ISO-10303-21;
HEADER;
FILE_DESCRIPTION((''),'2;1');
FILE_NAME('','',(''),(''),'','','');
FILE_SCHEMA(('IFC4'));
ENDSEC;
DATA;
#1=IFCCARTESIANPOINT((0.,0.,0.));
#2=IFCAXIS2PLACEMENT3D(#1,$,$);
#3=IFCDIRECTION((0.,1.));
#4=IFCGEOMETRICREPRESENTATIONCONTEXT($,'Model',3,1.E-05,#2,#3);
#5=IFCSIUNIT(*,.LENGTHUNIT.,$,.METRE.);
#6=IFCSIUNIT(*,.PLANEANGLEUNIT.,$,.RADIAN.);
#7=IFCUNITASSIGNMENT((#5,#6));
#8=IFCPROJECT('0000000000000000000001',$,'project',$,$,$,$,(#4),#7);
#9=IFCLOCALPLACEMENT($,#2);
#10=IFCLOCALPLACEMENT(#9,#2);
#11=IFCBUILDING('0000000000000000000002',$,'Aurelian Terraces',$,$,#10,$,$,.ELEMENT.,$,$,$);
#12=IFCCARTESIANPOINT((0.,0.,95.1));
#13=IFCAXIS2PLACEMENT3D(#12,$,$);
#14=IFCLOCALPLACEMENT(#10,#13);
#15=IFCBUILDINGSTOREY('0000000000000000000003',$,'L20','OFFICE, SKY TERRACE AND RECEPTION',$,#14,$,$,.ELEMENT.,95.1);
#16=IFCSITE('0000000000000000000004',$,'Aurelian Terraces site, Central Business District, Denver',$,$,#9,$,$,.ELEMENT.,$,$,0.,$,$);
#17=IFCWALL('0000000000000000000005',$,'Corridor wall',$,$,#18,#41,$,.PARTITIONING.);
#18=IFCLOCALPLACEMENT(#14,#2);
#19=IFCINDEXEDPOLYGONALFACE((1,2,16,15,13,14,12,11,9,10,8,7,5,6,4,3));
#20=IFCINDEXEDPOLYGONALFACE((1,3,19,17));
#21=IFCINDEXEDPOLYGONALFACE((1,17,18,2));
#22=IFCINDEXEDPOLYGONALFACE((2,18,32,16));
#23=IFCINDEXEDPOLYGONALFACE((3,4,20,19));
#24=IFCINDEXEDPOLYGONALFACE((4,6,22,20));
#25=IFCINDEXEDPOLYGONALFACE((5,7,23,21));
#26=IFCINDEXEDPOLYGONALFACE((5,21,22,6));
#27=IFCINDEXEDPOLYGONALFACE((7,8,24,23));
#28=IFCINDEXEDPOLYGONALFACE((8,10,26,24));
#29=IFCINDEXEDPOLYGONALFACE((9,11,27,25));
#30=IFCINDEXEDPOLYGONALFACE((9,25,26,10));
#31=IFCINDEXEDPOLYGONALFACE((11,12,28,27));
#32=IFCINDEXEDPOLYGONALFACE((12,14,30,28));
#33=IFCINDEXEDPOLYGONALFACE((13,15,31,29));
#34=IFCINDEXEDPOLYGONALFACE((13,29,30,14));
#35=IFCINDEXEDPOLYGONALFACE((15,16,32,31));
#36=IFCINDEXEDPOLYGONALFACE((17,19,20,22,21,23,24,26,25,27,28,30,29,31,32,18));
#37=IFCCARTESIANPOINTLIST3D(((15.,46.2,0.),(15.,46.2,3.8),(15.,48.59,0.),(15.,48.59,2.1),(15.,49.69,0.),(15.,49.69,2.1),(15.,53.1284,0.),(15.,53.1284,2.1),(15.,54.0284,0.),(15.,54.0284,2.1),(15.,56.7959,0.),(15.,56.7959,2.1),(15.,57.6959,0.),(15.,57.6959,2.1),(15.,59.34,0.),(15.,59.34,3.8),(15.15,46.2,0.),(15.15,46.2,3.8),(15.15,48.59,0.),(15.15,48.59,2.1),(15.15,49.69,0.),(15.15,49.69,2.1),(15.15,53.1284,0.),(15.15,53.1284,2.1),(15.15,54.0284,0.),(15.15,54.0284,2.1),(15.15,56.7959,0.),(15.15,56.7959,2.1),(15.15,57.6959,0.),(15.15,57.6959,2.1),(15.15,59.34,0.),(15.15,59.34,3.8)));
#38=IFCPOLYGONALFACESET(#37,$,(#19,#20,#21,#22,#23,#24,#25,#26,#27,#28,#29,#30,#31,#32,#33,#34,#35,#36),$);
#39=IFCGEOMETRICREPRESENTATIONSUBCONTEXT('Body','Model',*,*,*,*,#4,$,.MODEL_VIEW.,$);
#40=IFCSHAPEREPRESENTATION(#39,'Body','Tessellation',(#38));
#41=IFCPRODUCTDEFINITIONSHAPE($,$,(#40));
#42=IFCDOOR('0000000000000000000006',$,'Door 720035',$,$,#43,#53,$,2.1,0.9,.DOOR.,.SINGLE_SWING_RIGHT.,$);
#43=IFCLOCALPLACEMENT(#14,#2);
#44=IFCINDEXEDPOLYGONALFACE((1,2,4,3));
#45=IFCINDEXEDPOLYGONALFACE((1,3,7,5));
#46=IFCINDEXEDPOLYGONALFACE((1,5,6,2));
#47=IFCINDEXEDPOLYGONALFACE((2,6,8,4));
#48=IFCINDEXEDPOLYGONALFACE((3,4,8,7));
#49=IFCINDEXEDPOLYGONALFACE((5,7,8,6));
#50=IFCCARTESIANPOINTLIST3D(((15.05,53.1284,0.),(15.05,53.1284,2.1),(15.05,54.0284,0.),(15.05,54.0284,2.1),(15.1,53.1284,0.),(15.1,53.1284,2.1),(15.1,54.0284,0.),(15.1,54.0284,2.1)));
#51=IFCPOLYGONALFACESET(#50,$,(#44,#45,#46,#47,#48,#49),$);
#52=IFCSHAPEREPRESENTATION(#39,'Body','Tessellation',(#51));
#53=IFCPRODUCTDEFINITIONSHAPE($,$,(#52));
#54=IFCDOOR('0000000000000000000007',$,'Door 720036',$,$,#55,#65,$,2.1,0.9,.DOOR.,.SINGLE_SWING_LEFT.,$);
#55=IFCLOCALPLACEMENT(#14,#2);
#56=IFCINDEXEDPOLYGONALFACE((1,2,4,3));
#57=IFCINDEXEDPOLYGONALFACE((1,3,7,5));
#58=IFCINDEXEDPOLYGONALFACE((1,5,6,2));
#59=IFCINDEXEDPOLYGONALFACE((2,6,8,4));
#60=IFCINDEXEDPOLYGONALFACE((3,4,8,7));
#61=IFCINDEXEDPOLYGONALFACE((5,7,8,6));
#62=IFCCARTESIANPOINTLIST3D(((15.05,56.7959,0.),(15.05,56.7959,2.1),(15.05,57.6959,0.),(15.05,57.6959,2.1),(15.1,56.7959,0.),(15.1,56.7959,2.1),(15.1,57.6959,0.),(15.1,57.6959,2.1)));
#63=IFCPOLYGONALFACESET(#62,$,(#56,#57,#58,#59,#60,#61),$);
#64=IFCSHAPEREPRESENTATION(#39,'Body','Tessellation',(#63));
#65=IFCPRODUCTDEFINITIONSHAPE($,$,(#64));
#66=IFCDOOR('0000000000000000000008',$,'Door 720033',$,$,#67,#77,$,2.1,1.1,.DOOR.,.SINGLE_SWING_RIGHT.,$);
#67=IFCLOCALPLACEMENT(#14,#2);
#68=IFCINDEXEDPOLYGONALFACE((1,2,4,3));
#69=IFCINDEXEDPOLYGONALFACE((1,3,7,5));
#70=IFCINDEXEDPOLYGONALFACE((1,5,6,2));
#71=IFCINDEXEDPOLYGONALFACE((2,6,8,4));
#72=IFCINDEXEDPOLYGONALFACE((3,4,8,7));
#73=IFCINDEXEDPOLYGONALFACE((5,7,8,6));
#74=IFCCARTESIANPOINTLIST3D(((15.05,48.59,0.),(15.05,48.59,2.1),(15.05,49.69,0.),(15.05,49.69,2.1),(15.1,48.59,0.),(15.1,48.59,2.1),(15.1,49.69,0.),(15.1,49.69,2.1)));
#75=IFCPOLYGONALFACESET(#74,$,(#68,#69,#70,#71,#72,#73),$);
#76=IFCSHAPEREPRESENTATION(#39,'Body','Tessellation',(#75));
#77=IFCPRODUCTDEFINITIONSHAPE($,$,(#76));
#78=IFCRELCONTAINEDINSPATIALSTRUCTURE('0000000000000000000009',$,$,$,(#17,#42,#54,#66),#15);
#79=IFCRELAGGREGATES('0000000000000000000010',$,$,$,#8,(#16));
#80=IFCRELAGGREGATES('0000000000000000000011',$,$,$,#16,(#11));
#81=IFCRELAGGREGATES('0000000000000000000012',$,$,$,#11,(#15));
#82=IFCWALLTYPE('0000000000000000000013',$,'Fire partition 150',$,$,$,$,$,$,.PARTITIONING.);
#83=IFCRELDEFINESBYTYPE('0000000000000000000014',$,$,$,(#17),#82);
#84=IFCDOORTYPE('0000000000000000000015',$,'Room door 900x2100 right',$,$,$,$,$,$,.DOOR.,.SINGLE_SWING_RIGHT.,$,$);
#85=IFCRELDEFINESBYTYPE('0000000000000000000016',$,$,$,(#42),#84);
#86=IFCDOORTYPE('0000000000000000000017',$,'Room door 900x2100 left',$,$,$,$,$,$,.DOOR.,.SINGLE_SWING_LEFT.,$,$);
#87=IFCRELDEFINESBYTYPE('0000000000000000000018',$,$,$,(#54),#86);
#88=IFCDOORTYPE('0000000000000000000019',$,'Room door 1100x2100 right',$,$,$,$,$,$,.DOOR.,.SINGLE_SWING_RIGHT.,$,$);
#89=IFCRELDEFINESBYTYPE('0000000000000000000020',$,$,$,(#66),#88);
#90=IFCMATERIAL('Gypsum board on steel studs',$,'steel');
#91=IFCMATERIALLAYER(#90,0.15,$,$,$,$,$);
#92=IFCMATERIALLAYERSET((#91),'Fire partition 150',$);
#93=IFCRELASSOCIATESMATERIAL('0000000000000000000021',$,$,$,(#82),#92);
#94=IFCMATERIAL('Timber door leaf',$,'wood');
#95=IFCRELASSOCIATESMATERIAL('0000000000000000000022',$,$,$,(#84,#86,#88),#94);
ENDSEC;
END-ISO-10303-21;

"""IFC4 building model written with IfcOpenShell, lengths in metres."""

from ifc_helpers import new_model, si_unit, direction, frame, frame_2d, origin, place, context, subcontext, project, spatial, rectangle, extrude, source, transform, mapped, material, layer, layer_set, type_object, element, fill, save


model = new_model("IFC4")

# Units and contexts
model_context = context("Model", 3, precision=1e-05, world=origin(), true_north=direction((0.0, 1.0)))
body_context = subcontext(model_context, "Body", "Model", "MODEL_VIEW")
ifc_project = project(units=[si_unit("LENGTHUNIT", "METRE"), si_unit("PLANEANGLEUNIT", "RADIAN")], contexts=[model_context])

# Site, building, storey
site_placement = place(None, origin())
site = spatial("IfcSite", under=ifc_project, at=site_placement, Name="Aurelian Terraces site, Central Business District, Denver", CompositionType="ELEMENT", RefElevation=0.0)
building_placement = place(site_placement, origin())
building = spatial("IfcBuilding", under=site, at=building_placement, Name="Aurelian Terraces", CompositionType="ELEMENT")
storey_placement = place(building_placement, frame((0.0, 0.0, 95.1)))
storey = spatial("IfcBuildingStorey", under=building, at=storey_placement, Name="L20", Description="OFFICE, SKY TERRACE AND RECEPTION", CompositionType="ELEMENT", Elevation=95.1)

# Shared definitions
ifc_material_1 = material(Name="Gypsum board on steel studs", Category="steel")

# Shared definitions
shared_shape_1 = source(origin(), body_context, "Body", "SweptSolid", [
    extrude(rectangle(XDim=13.14, YDim=0.15, at=frame_2d((6.57, 0.0))), origin(), (0.0, 0.0, 1.0), 3.8),
])
shared_shape_2 = source(origin(), body_context, "Body", "SweptSolid", [
    extrude(rectangle(XDim=1.1, YDim=2.1, at=frame_2d((0.55, 1.05))), frame((0.0, 0.085, 0.0), z_axis=(0.0, -1.0, 0.0), x_axis=(1.0, 0.0, 0.0)), (0.0, 0.0, 1.0), 0.17),
])
ifc_material_2 = material(Name="Timber door leaf", Category="wood")
shared_shape_3 = source(origin(), body_context, "Body", "SweptSolid", [
    extrude(rectangle(XDim=1.1, YDim=2.1, at=frame_2d((0.55, 1.05))), frame((0.0, 0.025, 0.0), z_axis=(0.0, -1.0, 0.0), x_axis=(1.0, 0.0, 0.0)), (0.0, 0.0, 1.0), 0.05),
])

# Wall, openings, doors
ifc_layer_1 = layer(ifc_material_1, 0.15)
ifc_layer_set_1 = layer_set([ifc_layer_1], Name="Fire partition 150")
wall_type_1 = type_object("IfcWallType", Name="Fire partition 150", PredefinedType="PARTITIONING", material=ifc_layer_set_1)
wall_1_placement = place(storey_placement, frame((15.075, 46.2, 0.0), z_axis=(0.0, 0.0, 1.0), x_axis=(0.0, 1.0, 0.0)))
wall_1 = element("IfcWall", 1, at=wall_1_placement, inside=storey, type_object=wall_type_1, Name="Corridor wall", PredefinedType="PARTITIONING", context=body_context, shape_type="MappedRepresentation", body=[
    mapped(shared_shape_1, transform((0.0, 0.0, 0.0), scale=1.0)),
])
opening_1_placement = place(wall_1_placement, frame((2.39, 0.0, 0.0)))
opening_1 = element("IfcOpeningElement", 2, at=opening_1_placement, cuts=wall_1, PredefinedType="OPENING", context=body_context, shape_type="MappedRepresentation", body=[
    mapped(shared_shape_2, transform((0.0, 0.0, 0.0), scale=1.0)),
])
shared_shape_4 = source(origin(), body_context, "Body", "SweptSolid", [
    extrude(rectangle(XDim=0.9, YDim=2.1, at=frame_2d((0.45, 1.05))), frame((0.0, 0.085, 0.0), z_axis=(0.0, -1.0, 0.0), x_axis=(1.0, 0.0, 0.0)), (0.0, 0.0, 1.0), 0.17),
])
opening_2_placement = place(wall_1_placement, frame((6.9284, 0.0, 0.0)))
opening_2 = element("IfcOpeningElement", 3, at=opening_2_placement, cuts=wall_1, PredefinedType="OPENING", context=body_context, shape_type="MappedRepresentation", body=[
    mapped(shared_shape_4, transform((0.0, 0.0, 0.0), scale=1.0)),
])
opening_3_placement = place(wall_1_placement, frame((10.5959, 0.0, 0.0)))
opening_3 = element("IfcOpeningElement", 4, at=opening_3_placement, cuts=wall_1, PredefinedType="OPENING", context=body_context, shape_type="MappedRepresentation", body=[
    mapped(shared_shape_4, transform((0.0, 0.0, 0.0), scale=1.0)),
])
door_type_1 = type_object("IfcDoorType", Name="Room door 900x2100 right", OperationType="SINGLE_SWING_RIGHT", PredefinedType="DOOR", material=ifc_material_2)
shared_shape_5 = source(origin(), body_context, "Body", "SweptSolid", [
    extrude(rectangle(XDim=0.9, YDim=2.1, at=frame_2d((0.45, 1.05))), frame((0.0, 0.025, 0.0), z_axis=(0.0, -1.0, 0.0), x_axis=(1.0, 0.0, 0.0)), (0.0, 0.0, 1.0), 0.05),
])
door_1_placement = place(opening_2_placement, origin())
door_1 = element("IfcDoor", 5, at=door_1_placement, inside=storey, type_object=door_type_1, Name="Door 720035", OperationType="SINGLE_SWING_RIGHT", OverallHeight=2.1, OverallWidth=0.9, PredefinedType="DOOR", context=body_context, shape_type="MappedRepresentation", body=[
    mapped(shared_shape_5, transform((0.0, 0.0, 0.0), scale=1.0)),
])
fill(opening_2, door_1)
door_type_2 = type_object("IfcDoorType", Name="Room door 900x2100 left", OperationType="SINGLE_SWING_LEFT", PredefinedType="DOOR", material=ifc_material_2)
door_2_placement = place(opening_3_placement, origin())
door_2 = element("IfcDoor", 6, at=door_2_placement, inside=storey, type_object=door_type_2, Name="Door 720036", OperationType="SINGLE_SWING_LEFT", OverallHeight=2.1, OverallWidth=0.9, PredefinedType="DOOR", context=body_context, shape_type="MappedRepresentation", body=[
    mapped(shared_shape_5, transform((0.0, 0.0, 0.0), scale=1.0)),
])
fill(opening_3, door_2)
door_type_3 = type_object("IfcDoorType", Name="Room door 1100x2100 right", OperationType="SINGLE_SWING_RIGHT", PredefinedType="DOOR", material=ifc_material_2)
door_3_placement = place(opening_1_placement, origin())
door_3 = element("IfcDoor", 7, at=door_3_placement, inside=storey, type_object=door_type_3, Name="Door 720033", OperationType="SINGLE_SWING_RIGHT", OverallHeight=2.1, OverallWidth=1.1, PredefinedType="DOOR", context=body_context, shape_type="MappedRepresentation", body=[
    mapped(shared_shape_3, transform((0.0, 0.0, 0.0), scale=1.0)),
])
fill(opening_1, door_3)

save(model, "model.ifc")
